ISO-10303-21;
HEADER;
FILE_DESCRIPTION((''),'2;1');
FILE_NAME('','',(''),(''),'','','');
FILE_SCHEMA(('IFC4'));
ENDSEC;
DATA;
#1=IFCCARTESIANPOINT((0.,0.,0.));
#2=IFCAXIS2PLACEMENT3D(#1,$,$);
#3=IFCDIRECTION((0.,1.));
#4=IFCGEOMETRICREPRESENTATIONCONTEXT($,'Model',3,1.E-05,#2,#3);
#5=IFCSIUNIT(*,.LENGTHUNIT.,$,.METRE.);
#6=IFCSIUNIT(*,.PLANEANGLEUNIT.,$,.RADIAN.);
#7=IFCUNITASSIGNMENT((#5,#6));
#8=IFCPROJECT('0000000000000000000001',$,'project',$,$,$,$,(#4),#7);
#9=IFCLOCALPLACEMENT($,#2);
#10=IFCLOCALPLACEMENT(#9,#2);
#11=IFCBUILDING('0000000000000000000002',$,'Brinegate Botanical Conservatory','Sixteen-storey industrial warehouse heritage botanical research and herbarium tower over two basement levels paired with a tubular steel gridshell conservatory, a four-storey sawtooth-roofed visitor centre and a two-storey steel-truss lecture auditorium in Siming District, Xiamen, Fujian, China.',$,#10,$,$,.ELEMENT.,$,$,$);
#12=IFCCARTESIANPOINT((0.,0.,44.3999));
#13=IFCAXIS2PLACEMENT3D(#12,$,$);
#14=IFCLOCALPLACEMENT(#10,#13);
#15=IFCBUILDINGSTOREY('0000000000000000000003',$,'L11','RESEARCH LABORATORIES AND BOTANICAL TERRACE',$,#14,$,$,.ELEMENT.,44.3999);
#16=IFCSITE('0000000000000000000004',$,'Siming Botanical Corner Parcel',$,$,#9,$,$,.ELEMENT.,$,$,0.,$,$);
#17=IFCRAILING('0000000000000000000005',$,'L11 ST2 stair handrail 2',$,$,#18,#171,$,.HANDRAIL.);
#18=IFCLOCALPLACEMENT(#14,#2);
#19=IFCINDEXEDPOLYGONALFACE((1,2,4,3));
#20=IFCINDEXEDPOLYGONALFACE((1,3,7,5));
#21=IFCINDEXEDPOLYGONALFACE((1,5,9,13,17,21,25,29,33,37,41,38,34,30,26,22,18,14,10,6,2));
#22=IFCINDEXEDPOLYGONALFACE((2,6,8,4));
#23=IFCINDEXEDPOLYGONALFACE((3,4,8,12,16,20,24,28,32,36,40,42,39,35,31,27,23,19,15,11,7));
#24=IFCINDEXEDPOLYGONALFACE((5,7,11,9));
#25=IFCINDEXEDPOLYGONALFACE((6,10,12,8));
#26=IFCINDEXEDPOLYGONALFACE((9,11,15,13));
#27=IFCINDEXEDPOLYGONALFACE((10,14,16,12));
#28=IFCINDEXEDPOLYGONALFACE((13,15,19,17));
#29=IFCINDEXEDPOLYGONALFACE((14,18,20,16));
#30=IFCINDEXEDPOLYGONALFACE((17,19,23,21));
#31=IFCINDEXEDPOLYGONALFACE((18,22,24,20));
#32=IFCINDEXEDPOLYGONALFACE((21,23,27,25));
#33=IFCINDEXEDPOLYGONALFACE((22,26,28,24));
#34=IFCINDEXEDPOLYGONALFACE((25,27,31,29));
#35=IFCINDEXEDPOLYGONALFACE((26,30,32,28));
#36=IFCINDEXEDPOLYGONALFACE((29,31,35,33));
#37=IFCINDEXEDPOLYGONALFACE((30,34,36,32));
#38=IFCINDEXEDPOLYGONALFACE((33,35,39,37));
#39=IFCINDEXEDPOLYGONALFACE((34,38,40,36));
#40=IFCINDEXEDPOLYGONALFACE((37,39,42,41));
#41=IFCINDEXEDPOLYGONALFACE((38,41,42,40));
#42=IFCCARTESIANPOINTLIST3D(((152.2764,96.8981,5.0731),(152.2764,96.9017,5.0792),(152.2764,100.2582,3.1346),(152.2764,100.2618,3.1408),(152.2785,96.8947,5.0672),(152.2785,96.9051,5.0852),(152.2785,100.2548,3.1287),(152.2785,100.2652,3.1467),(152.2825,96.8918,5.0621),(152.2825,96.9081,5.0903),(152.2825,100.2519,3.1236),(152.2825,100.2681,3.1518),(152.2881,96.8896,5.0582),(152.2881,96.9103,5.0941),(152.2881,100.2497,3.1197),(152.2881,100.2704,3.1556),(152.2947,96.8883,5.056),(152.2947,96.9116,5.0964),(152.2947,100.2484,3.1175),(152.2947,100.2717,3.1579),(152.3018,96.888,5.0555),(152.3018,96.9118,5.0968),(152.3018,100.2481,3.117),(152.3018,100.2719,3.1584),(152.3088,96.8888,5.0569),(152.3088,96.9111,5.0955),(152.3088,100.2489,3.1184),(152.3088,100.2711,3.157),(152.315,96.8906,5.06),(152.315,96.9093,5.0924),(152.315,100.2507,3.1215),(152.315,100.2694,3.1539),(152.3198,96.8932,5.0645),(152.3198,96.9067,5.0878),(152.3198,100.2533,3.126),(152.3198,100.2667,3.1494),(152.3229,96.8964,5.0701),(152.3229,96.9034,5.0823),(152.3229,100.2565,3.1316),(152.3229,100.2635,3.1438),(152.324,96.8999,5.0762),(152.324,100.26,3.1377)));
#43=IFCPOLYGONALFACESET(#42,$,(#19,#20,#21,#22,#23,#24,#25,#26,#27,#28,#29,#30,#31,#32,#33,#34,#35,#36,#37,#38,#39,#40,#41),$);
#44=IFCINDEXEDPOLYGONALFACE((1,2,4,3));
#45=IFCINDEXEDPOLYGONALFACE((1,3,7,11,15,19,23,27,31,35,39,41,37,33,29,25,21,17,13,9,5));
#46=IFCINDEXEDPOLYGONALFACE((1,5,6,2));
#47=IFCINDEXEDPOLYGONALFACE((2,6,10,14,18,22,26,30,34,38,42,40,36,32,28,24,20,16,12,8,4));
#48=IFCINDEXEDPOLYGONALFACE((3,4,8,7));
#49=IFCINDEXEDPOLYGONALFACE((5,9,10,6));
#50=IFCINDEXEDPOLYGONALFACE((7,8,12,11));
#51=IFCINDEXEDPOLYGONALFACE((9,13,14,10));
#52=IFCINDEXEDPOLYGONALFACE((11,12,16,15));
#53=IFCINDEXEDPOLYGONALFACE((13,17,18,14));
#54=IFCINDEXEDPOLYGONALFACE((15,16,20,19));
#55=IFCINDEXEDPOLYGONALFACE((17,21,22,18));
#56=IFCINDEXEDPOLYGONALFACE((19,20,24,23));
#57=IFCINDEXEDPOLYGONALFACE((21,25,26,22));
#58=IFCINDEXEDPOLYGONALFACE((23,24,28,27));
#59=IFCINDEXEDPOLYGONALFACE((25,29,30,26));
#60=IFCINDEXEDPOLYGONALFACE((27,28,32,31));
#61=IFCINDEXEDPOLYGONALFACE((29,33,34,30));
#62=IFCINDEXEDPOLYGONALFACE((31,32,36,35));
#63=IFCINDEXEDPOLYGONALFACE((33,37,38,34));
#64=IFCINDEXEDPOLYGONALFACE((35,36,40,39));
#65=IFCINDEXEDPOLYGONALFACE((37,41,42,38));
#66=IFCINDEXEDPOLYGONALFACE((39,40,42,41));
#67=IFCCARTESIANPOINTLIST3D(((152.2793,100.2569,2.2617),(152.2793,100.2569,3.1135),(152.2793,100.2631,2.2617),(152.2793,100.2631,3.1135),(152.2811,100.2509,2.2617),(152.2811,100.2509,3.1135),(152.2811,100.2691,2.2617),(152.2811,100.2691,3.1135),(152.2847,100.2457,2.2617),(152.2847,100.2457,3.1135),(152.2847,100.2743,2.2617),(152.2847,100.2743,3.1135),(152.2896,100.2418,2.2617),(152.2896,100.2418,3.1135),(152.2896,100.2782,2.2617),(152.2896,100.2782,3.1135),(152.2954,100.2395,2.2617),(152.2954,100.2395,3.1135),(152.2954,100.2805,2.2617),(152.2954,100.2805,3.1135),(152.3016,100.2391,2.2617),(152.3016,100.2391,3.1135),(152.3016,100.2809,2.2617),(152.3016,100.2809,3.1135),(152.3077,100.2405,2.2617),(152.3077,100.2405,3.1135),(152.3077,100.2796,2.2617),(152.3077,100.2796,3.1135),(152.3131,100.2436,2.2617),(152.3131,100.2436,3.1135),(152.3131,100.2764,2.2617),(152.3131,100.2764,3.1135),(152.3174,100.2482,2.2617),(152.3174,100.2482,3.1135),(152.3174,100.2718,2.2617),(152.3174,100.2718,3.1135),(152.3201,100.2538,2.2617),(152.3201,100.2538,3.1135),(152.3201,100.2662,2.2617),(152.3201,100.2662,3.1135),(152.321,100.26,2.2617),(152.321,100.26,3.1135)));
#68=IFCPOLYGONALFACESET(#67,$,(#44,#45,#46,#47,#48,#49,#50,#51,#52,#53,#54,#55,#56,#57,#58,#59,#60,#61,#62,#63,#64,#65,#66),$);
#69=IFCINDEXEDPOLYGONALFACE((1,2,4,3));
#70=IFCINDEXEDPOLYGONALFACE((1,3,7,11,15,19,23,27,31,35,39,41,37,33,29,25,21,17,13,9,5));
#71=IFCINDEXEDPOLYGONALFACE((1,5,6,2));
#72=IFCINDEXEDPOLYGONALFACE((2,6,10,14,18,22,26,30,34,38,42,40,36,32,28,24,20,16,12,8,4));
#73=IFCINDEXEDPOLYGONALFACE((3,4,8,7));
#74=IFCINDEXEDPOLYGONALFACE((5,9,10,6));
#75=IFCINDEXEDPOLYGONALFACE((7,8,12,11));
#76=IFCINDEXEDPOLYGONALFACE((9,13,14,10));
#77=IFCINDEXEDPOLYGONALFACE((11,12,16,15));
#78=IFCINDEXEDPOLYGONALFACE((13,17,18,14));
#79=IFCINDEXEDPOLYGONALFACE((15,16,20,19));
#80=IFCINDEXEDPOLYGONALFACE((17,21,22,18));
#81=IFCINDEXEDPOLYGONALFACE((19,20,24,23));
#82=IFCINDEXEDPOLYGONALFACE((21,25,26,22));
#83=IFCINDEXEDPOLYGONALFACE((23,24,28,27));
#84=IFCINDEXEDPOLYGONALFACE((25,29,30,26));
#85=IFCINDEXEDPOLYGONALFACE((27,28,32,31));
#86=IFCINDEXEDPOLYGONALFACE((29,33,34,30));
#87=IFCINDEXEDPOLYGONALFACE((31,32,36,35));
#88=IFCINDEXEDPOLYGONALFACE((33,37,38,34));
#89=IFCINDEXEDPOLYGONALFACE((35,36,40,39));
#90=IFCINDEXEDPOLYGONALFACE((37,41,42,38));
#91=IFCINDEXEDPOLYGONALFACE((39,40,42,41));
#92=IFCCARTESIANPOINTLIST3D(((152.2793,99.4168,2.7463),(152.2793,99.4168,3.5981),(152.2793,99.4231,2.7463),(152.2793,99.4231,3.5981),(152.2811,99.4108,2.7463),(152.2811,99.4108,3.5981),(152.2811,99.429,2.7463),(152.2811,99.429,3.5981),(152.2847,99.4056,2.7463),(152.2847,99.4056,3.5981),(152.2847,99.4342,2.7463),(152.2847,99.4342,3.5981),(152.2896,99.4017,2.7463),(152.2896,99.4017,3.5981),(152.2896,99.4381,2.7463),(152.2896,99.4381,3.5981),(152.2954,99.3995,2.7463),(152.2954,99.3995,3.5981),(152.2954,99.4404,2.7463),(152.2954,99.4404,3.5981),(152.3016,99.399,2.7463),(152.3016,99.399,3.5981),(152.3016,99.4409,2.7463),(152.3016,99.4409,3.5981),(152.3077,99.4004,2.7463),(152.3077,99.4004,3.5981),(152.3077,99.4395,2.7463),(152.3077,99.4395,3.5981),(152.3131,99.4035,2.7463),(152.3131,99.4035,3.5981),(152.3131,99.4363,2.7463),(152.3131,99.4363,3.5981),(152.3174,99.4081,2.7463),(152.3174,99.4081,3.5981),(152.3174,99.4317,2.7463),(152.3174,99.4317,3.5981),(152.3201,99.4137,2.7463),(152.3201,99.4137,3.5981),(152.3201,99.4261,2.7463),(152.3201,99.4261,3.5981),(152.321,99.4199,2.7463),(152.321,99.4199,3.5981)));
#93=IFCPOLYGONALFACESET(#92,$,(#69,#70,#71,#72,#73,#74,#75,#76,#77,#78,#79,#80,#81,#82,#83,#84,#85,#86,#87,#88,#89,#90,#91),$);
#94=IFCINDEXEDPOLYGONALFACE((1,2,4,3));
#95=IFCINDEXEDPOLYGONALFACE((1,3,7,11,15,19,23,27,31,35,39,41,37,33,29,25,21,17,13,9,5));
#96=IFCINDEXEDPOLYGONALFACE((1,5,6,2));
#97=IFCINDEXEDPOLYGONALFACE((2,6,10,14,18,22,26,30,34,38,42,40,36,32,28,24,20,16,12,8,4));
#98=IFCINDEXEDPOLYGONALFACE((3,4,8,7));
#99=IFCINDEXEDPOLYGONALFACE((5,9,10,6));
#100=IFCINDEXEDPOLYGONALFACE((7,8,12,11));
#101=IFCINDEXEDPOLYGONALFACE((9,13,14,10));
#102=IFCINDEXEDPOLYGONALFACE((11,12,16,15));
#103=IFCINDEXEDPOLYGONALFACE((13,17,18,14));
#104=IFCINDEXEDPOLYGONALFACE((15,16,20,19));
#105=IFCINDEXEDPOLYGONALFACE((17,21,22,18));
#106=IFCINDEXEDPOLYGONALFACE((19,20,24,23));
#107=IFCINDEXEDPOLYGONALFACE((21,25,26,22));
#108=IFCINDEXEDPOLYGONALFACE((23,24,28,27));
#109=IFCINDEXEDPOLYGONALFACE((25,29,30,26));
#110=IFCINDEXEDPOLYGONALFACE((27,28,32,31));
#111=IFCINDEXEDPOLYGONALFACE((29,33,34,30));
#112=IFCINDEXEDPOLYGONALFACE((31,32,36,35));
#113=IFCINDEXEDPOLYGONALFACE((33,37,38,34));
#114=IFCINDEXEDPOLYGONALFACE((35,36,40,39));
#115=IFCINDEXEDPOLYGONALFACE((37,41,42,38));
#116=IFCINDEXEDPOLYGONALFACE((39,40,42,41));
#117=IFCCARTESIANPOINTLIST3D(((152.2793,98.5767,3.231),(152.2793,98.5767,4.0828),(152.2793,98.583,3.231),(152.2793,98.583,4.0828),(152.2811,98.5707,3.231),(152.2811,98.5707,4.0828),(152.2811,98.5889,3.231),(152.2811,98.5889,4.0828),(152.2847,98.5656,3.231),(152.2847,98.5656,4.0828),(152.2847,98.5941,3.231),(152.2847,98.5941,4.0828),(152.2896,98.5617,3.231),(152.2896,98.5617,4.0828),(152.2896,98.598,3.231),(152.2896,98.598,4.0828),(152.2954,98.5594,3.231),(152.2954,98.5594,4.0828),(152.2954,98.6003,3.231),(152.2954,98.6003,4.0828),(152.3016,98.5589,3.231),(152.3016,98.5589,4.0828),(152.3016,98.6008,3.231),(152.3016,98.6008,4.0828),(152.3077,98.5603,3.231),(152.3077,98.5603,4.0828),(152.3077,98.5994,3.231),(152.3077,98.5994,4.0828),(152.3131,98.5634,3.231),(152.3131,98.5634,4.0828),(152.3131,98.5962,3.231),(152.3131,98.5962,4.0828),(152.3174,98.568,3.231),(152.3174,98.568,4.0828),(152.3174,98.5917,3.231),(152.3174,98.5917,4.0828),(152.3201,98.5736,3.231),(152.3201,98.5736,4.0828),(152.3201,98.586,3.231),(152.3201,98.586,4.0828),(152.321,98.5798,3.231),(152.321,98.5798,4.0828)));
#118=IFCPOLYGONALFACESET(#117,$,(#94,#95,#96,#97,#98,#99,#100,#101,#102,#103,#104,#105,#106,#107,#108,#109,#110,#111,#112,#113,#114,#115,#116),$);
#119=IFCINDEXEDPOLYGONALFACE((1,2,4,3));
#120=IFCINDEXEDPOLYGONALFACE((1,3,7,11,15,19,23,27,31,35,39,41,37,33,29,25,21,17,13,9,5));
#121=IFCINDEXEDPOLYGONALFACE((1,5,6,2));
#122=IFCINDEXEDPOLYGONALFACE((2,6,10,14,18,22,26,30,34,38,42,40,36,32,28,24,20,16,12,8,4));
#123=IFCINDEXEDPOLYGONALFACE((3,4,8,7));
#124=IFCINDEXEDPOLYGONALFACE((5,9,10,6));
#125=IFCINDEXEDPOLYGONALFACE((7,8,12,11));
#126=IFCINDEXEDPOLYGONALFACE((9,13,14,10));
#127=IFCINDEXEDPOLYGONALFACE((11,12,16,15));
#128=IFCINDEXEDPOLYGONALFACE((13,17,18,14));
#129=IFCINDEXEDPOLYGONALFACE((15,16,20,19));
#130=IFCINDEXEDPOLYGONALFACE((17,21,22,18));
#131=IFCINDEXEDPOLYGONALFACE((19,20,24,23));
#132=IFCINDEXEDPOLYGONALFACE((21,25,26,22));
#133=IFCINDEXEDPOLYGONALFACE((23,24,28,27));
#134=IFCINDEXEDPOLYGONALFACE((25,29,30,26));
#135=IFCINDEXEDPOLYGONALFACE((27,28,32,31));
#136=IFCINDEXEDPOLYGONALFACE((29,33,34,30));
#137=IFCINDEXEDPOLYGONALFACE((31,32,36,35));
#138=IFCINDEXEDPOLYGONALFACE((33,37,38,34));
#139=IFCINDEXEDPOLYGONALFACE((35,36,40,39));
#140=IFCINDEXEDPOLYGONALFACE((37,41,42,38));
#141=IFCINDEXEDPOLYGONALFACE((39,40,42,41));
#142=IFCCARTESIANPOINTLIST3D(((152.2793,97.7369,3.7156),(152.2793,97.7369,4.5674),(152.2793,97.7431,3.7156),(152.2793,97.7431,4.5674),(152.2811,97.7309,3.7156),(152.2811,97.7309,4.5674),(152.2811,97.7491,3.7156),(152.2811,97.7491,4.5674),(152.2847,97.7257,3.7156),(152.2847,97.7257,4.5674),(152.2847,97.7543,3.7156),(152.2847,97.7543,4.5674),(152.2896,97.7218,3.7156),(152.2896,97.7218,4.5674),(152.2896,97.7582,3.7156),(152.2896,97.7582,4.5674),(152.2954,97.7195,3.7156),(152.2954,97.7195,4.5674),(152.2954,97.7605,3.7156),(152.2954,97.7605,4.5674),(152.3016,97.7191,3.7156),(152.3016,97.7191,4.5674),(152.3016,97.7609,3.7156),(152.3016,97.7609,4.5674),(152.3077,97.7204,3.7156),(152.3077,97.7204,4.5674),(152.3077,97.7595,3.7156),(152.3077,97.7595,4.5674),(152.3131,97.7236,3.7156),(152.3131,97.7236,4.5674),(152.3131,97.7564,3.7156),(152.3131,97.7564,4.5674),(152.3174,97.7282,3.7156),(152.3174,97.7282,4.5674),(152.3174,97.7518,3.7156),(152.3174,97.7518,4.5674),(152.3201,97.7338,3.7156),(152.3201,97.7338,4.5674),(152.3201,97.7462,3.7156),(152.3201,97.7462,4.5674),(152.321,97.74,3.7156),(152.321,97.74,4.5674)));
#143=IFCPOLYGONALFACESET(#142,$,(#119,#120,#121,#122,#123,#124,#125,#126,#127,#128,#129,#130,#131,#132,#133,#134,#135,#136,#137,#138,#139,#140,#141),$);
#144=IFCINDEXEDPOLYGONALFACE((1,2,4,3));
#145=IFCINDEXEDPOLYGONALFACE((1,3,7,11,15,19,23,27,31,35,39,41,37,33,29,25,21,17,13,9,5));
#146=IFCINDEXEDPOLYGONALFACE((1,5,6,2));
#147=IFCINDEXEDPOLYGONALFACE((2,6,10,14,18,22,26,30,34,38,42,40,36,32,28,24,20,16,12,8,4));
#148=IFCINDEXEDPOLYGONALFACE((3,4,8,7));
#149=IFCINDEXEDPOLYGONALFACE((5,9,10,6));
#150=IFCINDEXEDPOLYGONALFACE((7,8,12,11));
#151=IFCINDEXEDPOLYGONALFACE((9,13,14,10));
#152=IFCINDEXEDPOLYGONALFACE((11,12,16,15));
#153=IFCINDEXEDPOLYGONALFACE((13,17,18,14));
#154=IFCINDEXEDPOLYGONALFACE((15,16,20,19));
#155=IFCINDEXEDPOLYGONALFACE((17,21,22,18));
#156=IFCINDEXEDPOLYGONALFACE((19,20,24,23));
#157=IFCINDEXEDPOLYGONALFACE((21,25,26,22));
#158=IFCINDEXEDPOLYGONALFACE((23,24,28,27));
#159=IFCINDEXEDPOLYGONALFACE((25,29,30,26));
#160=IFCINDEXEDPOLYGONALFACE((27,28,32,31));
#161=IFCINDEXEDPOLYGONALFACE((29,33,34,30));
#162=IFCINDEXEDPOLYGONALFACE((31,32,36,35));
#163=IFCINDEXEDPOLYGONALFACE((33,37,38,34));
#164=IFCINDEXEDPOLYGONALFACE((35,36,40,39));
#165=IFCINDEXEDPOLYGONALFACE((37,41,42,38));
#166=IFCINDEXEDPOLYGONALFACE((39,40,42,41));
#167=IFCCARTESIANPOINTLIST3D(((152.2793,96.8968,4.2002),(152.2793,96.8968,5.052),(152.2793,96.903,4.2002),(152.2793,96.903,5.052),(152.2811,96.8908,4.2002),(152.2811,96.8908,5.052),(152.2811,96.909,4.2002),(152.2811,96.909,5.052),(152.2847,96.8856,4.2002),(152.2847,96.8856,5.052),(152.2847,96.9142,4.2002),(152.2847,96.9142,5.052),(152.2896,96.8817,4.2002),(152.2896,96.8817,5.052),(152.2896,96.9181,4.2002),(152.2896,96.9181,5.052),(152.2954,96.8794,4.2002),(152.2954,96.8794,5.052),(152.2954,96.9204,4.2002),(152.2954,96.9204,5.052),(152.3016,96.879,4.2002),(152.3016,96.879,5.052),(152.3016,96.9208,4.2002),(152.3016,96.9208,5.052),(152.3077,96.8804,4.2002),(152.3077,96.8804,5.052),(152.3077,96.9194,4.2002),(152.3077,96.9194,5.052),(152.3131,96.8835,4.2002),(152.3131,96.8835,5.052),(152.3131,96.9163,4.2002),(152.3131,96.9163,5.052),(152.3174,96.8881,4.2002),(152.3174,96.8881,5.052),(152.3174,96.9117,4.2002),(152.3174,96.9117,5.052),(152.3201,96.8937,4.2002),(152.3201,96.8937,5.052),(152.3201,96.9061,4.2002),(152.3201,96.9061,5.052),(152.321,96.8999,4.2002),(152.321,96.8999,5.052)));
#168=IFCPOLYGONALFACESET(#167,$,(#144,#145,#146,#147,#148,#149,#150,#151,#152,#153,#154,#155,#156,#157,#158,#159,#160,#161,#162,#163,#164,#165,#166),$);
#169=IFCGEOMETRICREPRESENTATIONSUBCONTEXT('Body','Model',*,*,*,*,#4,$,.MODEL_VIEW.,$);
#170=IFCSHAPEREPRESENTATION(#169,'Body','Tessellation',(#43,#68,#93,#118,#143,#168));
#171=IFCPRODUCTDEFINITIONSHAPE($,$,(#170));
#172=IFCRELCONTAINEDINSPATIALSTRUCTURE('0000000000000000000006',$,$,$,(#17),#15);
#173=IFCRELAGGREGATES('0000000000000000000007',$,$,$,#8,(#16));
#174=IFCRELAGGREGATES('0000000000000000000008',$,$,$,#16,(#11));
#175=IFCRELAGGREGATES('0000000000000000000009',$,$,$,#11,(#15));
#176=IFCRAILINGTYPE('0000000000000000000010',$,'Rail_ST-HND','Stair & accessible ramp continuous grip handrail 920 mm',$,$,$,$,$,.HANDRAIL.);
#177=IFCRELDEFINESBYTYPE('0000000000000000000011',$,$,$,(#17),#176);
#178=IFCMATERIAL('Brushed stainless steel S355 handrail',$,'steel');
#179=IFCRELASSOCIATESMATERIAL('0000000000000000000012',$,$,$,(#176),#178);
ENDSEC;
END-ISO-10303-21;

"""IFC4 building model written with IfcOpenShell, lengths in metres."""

from ifc_helpers import new_model, si_unit, direction, frame, origin, origin_2d, place, context, subcontext, project, spatial, circle, extrude, material, type_object, element, save


model = new_model("IFC4")

# Units and contexts
model_context = context("Model", 3, precision=1e-05, world=origin(), true_north=direction((0.0, 1.0)))
body_context = subcontext(model_context, "Body", "Model", "MODEL_VIEW")
ifc_project = project(units=[si_unit("LENGTHUNIT", "METRE"), si_unit("PLANEANGLEUNIT", "RADIAN")], contexts=[model_context])

# Site, building, storey
site_placement = place(None, origin())
site = spatial("IfcSite", under=ifc_project, at=site_placement, Name="Siming Botanical Corner Parcel", CompositionType="ELEMENT", RefElevation=0.0)
building_placement = place(site_placement, origin())
building = spatial("IfcBuilding", under=site, at=building_placement, Name="Brinegate Botanical Conservatory", Description="Sixteen-storey industrial warehouse heritage botanical research and herbarium tower over two basement levels paired with a tubular steel gridshell conservatory, a four-storey sawtooth-roofed visitor centre and a two-storey steel-truss lecture auditorium in Siming District, Xiamen, Fujian, China.", CompositionType="ELEMENT")
storey_placement = place(building_placement, frame((0.0, 0.0, 44.3999)))
storey = spatial("IfcBuildingStorey", under=building, at=storey_placement, Name="L11", Description="RESEARCH LABORATORIES AND BOTANICAL TERRACE", CompositionType="ELEMENT", Elevation=44.3999)

# Railing
ifc_material_1 = material(Name="Brushed stainless steel S355 handrail", Category="steel")
railing_type_1 = type_object("IfcRailingType", Name="Rail_ST-HND", Description="Stair & accessible ramp continuous grip handrail 920 mm", PredefinedType="HANDRAIL", material=ifc_material_1)
railing_1_placement = place(storey_placement, frame((152.3, 100.26, 2.2617)))
element("IfcRailing", 1, at=railing_1_placement, inside=storey, type_object=railing_type_1, Name="L11 ST2 stair handrail 2", PredefinedType="HANDRAIL", context=body_context, shape_type="SweptSolid", body=[
    extrude(circle(Radius=0.0239, at=origin_2d()), frame((0.0, 0.0, 0.876), z_axis=(0.0, -0.866191, 0.499713), x_axis=(1.0, 0.0, 0.0)), (0.0, 0.0, 1.0), 3.8792),
    extrude(circle(Radius=0.021, at=origin_2d()), origin(), (0.0, 0.0, 1.0), 0.8518),
    extrude(circle(Radius=0.021, at=origin_2d()), frame((0.0, -0.8401, 0.4846)), (0.0, 0.0, 1.0), 0.8518),
    extrude(circle(Radius=0.021, at=origin_2d()), frame((0.0, -1.6802, 0.9692)), (0.0, 0.0, 1.0), 0.8518),
    extrude(circle(Radius=0.021, at=origin_2d()), frame((0.0, -2.52, 1.4539)), (0.0, 0.0, 1.0), 0.8518),
    extrude(circle(Radius=0.021, at=origin_2d()), frame((0.0, -3.3601, 1.9385)), (0.0, 0.0, 1.0), 0.8518),
])

save(model, "model.ifc")
